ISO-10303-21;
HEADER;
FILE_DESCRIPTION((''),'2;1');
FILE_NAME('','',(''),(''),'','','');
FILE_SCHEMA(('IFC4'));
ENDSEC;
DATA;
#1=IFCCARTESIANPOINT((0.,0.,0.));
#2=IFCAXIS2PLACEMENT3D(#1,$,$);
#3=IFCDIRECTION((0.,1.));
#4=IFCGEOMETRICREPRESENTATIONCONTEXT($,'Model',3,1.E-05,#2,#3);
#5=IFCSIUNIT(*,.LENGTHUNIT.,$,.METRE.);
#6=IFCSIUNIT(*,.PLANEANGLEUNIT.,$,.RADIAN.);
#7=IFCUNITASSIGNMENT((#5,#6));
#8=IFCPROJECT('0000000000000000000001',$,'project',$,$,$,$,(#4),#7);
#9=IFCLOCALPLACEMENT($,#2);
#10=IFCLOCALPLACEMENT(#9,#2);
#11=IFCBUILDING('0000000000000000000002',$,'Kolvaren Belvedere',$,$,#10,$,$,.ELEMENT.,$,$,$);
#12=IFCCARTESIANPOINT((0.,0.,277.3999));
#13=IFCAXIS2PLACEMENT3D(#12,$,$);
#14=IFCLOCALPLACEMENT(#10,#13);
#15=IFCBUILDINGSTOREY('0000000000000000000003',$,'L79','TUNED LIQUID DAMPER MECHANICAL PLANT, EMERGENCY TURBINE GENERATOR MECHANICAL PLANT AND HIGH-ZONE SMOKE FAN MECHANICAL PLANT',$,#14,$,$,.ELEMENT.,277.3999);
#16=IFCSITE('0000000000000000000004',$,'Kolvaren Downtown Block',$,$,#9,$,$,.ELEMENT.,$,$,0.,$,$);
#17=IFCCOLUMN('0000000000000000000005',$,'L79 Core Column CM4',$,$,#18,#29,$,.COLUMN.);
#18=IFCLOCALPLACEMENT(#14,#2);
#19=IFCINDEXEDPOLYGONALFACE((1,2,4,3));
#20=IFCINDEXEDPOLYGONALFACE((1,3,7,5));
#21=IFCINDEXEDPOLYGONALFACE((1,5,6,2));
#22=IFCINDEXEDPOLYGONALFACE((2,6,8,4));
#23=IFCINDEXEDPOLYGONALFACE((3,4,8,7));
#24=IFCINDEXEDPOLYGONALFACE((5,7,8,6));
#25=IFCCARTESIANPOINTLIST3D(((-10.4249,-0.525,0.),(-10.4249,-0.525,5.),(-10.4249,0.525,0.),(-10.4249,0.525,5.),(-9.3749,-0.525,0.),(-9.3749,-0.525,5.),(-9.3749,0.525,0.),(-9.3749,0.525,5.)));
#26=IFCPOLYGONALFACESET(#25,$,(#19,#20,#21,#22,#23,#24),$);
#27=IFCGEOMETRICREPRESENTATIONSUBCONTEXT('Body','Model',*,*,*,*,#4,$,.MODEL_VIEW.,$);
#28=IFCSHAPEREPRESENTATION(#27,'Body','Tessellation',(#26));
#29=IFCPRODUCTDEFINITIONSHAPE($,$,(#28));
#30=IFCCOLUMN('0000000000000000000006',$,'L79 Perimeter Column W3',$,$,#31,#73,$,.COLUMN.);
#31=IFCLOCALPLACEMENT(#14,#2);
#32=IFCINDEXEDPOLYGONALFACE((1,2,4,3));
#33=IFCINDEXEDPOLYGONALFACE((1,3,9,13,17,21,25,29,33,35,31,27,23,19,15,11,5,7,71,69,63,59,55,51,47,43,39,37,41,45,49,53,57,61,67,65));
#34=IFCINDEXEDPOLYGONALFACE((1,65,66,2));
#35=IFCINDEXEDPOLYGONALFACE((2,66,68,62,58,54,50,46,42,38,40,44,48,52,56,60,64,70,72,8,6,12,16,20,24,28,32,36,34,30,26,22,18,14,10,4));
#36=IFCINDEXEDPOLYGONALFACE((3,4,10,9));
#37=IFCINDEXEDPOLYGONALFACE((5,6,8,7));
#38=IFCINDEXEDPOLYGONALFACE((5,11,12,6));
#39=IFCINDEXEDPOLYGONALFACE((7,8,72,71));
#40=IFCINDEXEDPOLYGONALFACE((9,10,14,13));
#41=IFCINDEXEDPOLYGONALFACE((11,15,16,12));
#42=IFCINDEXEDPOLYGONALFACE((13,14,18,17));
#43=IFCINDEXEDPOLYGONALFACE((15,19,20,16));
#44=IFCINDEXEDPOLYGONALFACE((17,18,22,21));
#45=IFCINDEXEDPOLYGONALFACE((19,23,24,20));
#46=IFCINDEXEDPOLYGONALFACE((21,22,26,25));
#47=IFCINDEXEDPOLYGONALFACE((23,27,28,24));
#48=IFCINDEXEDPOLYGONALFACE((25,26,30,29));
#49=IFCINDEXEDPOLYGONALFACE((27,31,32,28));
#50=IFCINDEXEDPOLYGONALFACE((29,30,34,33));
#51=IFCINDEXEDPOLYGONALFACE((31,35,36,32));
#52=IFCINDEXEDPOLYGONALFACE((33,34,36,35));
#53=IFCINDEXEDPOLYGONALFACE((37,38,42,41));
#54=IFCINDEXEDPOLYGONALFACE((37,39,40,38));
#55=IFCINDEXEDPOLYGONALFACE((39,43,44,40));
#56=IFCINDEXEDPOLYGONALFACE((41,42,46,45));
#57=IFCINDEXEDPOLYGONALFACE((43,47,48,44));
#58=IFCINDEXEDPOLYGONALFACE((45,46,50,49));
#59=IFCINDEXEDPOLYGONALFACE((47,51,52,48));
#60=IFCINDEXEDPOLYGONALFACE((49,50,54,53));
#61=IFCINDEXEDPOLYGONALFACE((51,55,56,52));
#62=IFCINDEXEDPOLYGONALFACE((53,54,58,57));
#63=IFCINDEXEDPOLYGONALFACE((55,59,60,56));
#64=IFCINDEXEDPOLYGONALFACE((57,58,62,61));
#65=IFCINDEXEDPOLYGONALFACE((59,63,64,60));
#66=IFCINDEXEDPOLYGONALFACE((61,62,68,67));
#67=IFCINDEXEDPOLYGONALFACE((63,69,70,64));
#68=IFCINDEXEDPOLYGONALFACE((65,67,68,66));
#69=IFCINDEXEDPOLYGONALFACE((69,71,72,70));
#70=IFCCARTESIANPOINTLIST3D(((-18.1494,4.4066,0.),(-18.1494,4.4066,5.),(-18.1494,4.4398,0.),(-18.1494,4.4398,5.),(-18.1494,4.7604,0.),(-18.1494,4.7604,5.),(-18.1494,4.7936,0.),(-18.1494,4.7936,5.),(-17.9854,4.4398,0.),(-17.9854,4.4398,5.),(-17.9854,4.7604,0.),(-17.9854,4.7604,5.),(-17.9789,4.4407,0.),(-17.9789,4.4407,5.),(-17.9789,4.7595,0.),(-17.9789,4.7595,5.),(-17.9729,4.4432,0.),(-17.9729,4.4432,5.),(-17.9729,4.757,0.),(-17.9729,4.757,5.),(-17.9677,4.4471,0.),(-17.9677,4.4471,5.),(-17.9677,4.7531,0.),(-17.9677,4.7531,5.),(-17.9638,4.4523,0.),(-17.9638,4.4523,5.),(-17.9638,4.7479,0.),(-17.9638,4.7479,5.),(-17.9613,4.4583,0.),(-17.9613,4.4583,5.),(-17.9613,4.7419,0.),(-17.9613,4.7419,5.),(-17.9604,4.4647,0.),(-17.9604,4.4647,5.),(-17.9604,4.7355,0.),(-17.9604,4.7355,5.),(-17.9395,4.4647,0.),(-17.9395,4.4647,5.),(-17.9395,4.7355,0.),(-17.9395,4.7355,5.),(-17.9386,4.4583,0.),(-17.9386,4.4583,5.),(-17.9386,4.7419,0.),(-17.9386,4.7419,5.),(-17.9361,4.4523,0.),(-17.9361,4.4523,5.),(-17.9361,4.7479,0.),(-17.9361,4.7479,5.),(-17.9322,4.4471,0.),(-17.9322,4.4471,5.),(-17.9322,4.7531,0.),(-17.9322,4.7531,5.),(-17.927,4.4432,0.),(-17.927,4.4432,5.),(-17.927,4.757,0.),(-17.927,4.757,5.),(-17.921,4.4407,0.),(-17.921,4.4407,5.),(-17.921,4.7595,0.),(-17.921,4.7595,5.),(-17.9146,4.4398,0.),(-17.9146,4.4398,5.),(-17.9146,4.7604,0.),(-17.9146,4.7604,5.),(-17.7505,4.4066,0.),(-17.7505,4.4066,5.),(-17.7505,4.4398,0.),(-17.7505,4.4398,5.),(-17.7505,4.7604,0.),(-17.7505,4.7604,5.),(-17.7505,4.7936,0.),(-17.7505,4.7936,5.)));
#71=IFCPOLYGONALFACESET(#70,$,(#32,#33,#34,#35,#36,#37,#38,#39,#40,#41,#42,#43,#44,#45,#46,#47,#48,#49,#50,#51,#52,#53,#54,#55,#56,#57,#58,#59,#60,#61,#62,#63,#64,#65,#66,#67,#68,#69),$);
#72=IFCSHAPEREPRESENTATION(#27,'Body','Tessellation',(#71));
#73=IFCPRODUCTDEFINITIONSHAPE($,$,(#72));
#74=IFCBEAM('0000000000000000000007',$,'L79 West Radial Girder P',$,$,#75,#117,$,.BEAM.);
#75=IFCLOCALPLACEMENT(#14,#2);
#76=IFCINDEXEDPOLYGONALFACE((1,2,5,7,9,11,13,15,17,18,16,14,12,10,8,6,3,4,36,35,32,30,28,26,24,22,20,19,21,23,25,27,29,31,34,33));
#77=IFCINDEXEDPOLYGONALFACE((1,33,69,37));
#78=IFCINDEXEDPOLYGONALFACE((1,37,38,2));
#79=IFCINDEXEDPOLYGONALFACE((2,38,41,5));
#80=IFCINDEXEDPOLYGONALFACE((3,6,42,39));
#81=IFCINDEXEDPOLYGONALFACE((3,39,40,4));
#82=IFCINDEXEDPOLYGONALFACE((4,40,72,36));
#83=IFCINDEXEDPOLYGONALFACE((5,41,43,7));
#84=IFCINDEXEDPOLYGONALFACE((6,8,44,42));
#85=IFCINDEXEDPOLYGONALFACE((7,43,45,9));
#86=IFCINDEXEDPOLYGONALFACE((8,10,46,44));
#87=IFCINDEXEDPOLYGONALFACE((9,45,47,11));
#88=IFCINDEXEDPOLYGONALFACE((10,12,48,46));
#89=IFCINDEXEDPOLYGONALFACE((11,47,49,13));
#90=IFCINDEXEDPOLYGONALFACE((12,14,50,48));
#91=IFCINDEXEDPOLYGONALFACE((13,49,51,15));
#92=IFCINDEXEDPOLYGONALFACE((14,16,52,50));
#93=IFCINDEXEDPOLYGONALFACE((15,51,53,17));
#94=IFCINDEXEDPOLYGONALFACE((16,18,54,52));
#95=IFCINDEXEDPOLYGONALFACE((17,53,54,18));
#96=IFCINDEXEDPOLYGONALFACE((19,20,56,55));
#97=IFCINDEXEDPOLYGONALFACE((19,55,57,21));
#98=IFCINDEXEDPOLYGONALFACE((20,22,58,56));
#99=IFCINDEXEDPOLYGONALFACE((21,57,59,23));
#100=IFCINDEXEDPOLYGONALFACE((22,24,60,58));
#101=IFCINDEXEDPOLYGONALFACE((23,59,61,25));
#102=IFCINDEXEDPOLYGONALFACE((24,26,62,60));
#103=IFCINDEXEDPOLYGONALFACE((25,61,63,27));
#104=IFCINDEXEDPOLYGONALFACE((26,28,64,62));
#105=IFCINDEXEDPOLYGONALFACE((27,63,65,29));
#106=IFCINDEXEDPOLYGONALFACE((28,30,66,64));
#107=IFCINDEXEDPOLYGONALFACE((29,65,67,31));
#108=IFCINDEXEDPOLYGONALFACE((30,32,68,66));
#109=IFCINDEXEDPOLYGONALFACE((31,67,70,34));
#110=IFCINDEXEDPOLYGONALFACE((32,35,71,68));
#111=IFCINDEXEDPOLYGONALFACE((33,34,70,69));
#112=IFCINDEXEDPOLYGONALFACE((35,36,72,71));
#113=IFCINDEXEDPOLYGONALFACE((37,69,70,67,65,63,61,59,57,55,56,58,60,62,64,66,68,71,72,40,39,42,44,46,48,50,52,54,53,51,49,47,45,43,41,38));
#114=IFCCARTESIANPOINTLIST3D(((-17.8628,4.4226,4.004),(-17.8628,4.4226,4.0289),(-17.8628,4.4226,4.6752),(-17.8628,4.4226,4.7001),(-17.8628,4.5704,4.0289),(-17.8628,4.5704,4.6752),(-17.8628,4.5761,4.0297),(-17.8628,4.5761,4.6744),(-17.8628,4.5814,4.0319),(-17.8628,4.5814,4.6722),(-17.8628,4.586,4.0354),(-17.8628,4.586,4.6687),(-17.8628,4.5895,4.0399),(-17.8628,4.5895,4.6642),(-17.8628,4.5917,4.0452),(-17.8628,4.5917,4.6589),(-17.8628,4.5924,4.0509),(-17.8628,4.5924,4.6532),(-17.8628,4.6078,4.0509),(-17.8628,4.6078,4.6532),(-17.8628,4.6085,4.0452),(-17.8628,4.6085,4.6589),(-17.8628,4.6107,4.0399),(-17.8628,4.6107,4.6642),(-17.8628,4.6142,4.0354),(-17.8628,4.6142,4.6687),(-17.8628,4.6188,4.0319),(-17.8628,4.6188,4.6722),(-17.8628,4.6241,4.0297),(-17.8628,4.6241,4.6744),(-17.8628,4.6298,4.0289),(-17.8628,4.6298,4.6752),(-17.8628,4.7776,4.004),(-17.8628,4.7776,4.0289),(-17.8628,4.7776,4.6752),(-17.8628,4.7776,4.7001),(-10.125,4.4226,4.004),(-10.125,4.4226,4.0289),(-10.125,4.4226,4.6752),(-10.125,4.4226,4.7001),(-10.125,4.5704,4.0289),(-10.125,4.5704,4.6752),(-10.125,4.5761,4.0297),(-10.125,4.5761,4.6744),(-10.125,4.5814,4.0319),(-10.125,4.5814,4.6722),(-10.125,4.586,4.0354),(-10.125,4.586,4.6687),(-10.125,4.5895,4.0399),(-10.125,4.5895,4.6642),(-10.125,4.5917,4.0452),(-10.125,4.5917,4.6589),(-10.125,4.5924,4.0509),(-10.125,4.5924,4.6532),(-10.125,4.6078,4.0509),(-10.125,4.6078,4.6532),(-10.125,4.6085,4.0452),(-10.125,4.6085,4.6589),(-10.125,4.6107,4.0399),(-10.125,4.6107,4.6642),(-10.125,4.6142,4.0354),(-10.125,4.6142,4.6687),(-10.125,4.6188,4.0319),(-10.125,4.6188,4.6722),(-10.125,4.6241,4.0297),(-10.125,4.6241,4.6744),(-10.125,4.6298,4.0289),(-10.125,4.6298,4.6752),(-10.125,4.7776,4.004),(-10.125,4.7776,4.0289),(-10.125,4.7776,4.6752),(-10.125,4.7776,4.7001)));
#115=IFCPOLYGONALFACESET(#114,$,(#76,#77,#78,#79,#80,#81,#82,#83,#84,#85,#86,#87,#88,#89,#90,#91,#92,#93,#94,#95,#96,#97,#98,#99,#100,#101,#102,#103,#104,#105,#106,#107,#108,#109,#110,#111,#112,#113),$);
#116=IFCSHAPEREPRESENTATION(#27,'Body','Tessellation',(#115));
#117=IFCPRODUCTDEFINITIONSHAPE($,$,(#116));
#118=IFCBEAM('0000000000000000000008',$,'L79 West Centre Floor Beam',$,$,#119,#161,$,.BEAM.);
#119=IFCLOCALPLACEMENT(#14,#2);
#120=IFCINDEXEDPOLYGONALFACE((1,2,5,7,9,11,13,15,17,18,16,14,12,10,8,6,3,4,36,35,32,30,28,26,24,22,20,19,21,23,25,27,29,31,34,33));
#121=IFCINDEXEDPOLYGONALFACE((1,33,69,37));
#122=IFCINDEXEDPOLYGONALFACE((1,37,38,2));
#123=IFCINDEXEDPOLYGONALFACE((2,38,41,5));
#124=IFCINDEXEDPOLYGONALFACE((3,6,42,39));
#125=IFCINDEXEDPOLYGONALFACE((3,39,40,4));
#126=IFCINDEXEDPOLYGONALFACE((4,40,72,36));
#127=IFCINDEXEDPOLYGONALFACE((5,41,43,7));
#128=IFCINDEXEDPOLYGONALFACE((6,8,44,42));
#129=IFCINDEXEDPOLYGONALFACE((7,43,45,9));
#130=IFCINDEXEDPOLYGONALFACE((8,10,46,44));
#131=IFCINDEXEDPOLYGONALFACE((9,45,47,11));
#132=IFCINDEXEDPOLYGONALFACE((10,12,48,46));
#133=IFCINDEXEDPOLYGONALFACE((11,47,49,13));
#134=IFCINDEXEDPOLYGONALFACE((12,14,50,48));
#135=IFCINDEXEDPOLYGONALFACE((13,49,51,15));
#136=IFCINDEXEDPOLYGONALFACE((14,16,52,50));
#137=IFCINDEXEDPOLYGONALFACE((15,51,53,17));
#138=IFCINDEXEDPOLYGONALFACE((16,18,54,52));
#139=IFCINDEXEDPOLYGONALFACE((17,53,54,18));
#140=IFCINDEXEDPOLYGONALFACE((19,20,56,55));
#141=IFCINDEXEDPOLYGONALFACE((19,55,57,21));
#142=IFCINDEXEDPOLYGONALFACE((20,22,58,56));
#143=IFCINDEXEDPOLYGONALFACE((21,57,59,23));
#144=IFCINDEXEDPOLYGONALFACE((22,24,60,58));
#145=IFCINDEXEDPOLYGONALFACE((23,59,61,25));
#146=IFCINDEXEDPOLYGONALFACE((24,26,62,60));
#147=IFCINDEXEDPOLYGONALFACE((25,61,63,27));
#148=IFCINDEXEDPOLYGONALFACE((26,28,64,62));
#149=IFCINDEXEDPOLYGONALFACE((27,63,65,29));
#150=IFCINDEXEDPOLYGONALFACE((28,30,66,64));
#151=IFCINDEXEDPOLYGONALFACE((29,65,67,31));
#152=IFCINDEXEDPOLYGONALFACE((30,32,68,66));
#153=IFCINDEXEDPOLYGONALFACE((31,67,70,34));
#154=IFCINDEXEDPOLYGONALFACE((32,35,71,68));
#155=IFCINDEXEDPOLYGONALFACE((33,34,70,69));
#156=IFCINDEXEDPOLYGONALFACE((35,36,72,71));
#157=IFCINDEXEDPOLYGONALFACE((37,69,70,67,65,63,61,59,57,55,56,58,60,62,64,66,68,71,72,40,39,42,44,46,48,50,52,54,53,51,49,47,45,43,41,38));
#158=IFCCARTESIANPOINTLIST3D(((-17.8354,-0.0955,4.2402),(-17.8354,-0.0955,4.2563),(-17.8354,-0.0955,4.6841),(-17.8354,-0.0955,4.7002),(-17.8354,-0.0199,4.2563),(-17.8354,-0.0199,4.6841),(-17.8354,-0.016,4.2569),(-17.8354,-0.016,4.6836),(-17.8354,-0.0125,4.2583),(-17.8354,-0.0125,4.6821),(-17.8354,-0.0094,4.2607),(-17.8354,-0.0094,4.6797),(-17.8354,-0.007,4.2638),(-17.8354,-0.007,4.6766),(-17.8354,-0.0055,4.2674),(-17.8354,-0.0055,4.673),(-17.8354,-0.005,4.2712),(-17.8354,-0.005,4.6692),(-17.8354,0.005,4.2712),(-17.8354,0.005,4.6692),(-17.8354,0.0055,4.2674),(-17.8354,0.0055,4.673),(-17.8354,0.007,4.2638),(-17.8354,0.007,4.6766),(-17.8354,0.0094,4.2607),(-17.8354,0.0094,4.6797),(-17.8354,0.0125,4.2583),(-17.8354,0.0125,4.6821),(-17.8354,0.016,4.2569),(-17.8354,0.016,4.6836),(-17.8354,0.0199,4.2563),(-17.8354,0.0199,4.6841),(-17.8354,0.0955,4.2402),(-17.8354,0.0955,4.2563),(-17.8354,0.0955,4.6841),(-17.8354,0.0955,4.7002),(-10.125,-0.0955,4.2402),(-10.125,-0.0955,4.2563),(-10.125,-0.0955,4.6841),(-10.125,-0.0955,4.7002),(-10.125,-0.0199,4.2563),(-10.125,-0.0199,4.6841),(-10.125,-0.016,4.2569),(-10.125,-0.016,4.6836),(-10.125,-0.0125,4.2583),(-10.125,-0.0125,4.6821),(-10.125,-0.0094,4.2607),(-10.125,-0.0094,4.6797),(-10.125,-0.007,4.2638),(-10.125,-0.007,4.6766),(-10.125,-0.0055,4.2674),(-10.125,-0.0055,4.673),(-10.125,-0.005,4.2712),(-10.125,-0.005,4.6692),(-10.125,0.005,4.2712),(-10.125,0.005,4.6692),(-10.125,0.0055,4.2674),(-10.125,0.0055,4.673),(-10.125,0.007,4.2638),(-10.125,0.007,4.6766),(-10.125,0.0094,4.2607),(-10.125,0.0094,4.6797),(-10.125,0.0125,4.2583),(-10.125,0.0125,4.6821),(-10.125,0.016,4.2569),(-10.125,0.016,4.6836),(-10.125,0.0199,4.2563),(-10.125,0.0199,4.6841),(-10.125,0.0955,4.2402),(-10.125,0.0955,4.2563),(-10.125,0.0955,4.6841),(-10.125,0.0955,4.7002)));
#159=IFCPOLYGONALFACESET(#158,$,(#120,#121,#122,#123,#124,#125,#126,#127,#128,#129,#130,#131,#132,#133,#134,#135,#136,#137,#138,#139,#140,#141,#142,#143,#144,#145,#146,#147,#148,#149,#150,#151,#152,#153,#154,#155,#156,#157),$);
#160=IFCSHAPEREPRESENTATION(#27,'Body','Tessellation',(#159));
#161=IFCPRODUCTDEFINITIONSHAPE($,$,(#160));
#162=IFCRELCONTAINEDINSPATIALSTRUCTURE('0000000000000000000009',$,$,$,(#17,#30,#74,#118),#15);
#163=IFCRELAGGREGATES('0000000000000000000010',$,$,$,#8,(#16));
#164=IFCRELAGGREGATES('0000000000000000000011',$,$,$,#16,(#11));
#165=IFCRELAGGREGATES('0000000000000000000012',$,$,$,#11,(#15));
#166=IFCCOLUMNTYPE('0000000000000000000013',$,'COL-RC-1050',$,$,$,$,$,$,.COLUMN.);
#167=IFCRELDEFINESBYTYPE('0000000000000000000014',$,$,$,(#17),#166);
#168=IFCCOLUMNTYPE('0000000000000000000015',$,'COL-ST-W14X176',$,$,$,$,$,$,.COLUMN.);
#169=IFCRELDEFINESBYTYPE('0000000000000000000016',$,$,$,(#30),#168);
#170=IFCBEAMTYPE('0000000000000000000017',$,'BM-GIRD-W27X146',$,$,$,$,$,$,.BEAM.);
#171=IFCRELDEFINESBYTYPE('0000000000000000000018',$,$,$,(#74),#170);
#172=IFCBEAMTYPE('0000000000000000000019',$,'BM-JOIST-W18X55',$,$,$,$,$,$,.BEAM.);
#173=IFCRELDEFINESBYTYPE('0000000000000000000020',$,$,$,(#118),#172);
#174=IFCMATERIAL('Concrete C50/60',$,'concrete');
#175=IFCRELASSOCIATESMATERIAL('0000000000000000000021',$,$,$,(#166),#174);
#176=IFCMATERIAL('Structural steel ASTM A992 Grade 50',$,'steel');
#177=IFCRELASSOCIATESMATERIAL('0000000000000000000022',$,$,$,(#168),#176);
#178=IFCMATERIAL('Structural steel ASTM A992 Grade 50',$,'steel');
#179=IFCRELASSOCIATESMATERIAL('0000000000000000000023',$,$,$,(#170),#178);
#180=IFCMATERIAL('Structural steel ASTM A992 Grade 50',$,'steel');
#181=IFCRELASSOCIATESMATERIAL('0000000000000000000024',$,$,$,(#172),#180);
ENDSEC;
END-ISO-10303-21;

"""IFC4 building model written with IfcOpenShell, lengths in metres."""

from ifc_helpers import new_model, si_unit, direction, frame, origin, origin_2d, place, context, subcontext, project, spatial, rectangle, i_section, extrude, material, material_profile, profile_set, type_object, element, save


model = new_model("IFC4")

# Units and contexts
model_context = context("Model", 3, precision=1e-05, world=origin(), true_north=direction((0.0, 1.0)))
body_context = subcontext(model_context, "Body", "Model", "MODEL_VIEW")
ifc_project = project(units=[si_unit("LENGTHUNIT", "METRE"), si_unit("PLANEANGLEUNIT", "RADIAN")], contexts=[model_context])

# Site, building, storey
site_placement = place(None, origin())
site = spatial("IfcSite", under=ifc_project, at=site_placement, Name="Kolvaren Downtown Block", CompositionType="ELEMENT", RefElevation=0.0)
building_placement = place(site_placement, origin())
building = spatial("IfcBuilding", under=site, at=building_placement, Name="Kolvaren Belvedere", CompositionType="ELEMENT")
storey_placement = place(building_placement, frame((0.0, 0.0, 277.3999)))
storey = spatial("IfcBuildingStorey", under=building, at=storey_placement, Name="L79", Description="TUNED LIQUID DAMPER MECHANICAL PLANT, EMERGENCY TURBINE GENERATOR MECHANICAL PLANT AND HIGH-ZONE SMOKE FAN MECHANICAL PLANT", CompositionType="ELEMENT", Elevation=277.3999)

# Columns
ifc_material_1 = material(Name="Concrete C50/60", Category="concrete")
ifc_material_profile_1 = material_profile(ifc_material_1, rectangle(XDim=1.05, YDim=1.05, at=origin_2d()), Name="RC 1050X1050")
ifc_profile_set_1 = profile_set([ifc_material_profile_1], Name="Concrete C50/60")
column_type_1 = type_object("IfcColumnType", Name="COL-RC-1050", PredefinedType="COLUMN", material=ifc_profile_set_1)
column_1_placement = place(storey_placement, frame((-9.8999, 0.0, 0.0), z_axis=(0.0, 0.0, 1.0), x_axis=(1.0, 0.0, 0.0)))
element("IfcColumn", 1, at=column_1_placement, inside=storey, type_object=column_type_1, Name="L79 Core Column CM4", PredefinedType="COLUMN", context=body_context, shape_type="SweptSolid", body=[
    extrude(rectangle(XDim=1.05, YDim=1.05, at=origin_2d()), origin(), (0.0, 0.0, 1.0), 5.0),
])
ifc_material_2 = material(Name="Structural steel ASTM A992 Grade 50", Category="steel")
ifc_material_profile_2 = material_profile(ifc_material_2, i_section(OverallWidth=0.3989, OverallDepth=0.387, WebThickness=0.021, FlangeThickness=0.0332, FilletRadius=0.0249, at=origin_2d()), Name="W14X176")
ifc_profile_set_2 = profile_set([ifc_material_profile_2], Name="Structural steel ASTM A992 Grade 50")
column_type_2 = type_object("IfcColumnType", Name="COL-ST-W14X176", PredefinedType="COLUMN", material=ifc_profile_set_2)
column_2_placement = place(storey_placement, frame((-17.95, 4.6001, 0.0), z_axis=(0.0, 0.0, 1.0), x_axis=(1.0, 0.0, 0.0)))
element("IfcColumn", 2, at=column_2_placement, inside=storey, type_object=column_type_2, Name="L79 Perimeter Column W3", PredefinedType="COLUMN", context=body_context, shape_type="SweptSolid", body=[
    extrude(i_section(OverallWidth=0.3989, OverallDepth=0.387, WebThickness=0.021, FlangeThickness=0.0332, FilletRadius=0.0249, at=origin_2d()), origin(), (0.0, 0.0, 1.0), 5.0),
])

# Beams
ifc_material_3 = material(Name="Structural steel ASTM A992 Grade 50", Category="steel")
ifc_material_profile_3 = material_profile(ifc_material_3, i_section(OverallWidth=0.355, OverallDepth=0.696, WebThickness=0.0154, FlangeThickness=0.0249, FilletRadius=0.022, at=origin_2d()), Name="W27X146")
ifc_profile_set_3 = profile_set([ifc_material_profile_3], Name="Structural steel ASTM A992 Grade 50")
beam_type_1 = type_object("IfcBeamType", Name="BM-GIRD-W27X146", PredefinedType="BEAM", material=ifc_profile_set_3)
beam_1_placement = place(storey_placement, frame((-10.125, 4.6001, 4.3521), z_axis=(-1.0, 0.0, 0.0), x_axis=(0.0, -1.0, 0.0)))
element("IfcBeam", 3, at=beam_1_placement, inside=storey, type_object=beam_type_1, Name="L79 West Radial Girder P", PredefinedType="BEAM", context=body_context, shape_type="SweptSolid", body=[
    extrude(i_section(OverallWidth=0.355, OverallDepth=0.696, WebThickness=0.0154, FlangeThickness=0.0249, FilletRadius=0.022, at=origin_2d()), origin(), (0.0, 0.0, 1.0), 7.7378),
])
ifc_material_4 = material(Name="Structural steel ASTM A992 Grade 50", Category="steel")
ifc_material_profile_4 = material_profile(ifc_material_4, i_section(OverallWidth=0.1909, OverallDepth=0.46, WebThickness=0.01, FlangeThickness=0.0161, FilletRadius=0.0149, at=origin_2d()), Name="W18X55")
ifc_profile_set_4 = profile_set([ifc_material_profile_4], Name="Structural steel ASTM A992 Grade 50")
beam_type_2 = type_object("IfcBeamType", Name="BM-JOIST-W18X55", PredefinedType="BEAM", material=ifc_profile_set_4)
beam_2_placement = place(storey_placement, frame((-10.125, 0.0, 4.4702), z_axis=(-1.0, 0.0, 0.0), x_axis=(0.0, -1.0, 0.0)))
element("IfcBeam", 4, at=beam_2_placement, inside=storey, type_object=beam_type_2, Name="L79 West Centre Floor Beam", PredefinedType="BEAM", context=body_context, shape_type="SweptSolid", body=[
    extrude(i_section(OverallWidth=0.1909, OverallDepth=0.46, WebThickness=0.01, FlangeThickness=0.0161, FilletRadius=0.0149, at=origin_2d()), origin(), (0.0, 0.0, 1.0), 7.7104),
])

save(model, "model.ifc")
